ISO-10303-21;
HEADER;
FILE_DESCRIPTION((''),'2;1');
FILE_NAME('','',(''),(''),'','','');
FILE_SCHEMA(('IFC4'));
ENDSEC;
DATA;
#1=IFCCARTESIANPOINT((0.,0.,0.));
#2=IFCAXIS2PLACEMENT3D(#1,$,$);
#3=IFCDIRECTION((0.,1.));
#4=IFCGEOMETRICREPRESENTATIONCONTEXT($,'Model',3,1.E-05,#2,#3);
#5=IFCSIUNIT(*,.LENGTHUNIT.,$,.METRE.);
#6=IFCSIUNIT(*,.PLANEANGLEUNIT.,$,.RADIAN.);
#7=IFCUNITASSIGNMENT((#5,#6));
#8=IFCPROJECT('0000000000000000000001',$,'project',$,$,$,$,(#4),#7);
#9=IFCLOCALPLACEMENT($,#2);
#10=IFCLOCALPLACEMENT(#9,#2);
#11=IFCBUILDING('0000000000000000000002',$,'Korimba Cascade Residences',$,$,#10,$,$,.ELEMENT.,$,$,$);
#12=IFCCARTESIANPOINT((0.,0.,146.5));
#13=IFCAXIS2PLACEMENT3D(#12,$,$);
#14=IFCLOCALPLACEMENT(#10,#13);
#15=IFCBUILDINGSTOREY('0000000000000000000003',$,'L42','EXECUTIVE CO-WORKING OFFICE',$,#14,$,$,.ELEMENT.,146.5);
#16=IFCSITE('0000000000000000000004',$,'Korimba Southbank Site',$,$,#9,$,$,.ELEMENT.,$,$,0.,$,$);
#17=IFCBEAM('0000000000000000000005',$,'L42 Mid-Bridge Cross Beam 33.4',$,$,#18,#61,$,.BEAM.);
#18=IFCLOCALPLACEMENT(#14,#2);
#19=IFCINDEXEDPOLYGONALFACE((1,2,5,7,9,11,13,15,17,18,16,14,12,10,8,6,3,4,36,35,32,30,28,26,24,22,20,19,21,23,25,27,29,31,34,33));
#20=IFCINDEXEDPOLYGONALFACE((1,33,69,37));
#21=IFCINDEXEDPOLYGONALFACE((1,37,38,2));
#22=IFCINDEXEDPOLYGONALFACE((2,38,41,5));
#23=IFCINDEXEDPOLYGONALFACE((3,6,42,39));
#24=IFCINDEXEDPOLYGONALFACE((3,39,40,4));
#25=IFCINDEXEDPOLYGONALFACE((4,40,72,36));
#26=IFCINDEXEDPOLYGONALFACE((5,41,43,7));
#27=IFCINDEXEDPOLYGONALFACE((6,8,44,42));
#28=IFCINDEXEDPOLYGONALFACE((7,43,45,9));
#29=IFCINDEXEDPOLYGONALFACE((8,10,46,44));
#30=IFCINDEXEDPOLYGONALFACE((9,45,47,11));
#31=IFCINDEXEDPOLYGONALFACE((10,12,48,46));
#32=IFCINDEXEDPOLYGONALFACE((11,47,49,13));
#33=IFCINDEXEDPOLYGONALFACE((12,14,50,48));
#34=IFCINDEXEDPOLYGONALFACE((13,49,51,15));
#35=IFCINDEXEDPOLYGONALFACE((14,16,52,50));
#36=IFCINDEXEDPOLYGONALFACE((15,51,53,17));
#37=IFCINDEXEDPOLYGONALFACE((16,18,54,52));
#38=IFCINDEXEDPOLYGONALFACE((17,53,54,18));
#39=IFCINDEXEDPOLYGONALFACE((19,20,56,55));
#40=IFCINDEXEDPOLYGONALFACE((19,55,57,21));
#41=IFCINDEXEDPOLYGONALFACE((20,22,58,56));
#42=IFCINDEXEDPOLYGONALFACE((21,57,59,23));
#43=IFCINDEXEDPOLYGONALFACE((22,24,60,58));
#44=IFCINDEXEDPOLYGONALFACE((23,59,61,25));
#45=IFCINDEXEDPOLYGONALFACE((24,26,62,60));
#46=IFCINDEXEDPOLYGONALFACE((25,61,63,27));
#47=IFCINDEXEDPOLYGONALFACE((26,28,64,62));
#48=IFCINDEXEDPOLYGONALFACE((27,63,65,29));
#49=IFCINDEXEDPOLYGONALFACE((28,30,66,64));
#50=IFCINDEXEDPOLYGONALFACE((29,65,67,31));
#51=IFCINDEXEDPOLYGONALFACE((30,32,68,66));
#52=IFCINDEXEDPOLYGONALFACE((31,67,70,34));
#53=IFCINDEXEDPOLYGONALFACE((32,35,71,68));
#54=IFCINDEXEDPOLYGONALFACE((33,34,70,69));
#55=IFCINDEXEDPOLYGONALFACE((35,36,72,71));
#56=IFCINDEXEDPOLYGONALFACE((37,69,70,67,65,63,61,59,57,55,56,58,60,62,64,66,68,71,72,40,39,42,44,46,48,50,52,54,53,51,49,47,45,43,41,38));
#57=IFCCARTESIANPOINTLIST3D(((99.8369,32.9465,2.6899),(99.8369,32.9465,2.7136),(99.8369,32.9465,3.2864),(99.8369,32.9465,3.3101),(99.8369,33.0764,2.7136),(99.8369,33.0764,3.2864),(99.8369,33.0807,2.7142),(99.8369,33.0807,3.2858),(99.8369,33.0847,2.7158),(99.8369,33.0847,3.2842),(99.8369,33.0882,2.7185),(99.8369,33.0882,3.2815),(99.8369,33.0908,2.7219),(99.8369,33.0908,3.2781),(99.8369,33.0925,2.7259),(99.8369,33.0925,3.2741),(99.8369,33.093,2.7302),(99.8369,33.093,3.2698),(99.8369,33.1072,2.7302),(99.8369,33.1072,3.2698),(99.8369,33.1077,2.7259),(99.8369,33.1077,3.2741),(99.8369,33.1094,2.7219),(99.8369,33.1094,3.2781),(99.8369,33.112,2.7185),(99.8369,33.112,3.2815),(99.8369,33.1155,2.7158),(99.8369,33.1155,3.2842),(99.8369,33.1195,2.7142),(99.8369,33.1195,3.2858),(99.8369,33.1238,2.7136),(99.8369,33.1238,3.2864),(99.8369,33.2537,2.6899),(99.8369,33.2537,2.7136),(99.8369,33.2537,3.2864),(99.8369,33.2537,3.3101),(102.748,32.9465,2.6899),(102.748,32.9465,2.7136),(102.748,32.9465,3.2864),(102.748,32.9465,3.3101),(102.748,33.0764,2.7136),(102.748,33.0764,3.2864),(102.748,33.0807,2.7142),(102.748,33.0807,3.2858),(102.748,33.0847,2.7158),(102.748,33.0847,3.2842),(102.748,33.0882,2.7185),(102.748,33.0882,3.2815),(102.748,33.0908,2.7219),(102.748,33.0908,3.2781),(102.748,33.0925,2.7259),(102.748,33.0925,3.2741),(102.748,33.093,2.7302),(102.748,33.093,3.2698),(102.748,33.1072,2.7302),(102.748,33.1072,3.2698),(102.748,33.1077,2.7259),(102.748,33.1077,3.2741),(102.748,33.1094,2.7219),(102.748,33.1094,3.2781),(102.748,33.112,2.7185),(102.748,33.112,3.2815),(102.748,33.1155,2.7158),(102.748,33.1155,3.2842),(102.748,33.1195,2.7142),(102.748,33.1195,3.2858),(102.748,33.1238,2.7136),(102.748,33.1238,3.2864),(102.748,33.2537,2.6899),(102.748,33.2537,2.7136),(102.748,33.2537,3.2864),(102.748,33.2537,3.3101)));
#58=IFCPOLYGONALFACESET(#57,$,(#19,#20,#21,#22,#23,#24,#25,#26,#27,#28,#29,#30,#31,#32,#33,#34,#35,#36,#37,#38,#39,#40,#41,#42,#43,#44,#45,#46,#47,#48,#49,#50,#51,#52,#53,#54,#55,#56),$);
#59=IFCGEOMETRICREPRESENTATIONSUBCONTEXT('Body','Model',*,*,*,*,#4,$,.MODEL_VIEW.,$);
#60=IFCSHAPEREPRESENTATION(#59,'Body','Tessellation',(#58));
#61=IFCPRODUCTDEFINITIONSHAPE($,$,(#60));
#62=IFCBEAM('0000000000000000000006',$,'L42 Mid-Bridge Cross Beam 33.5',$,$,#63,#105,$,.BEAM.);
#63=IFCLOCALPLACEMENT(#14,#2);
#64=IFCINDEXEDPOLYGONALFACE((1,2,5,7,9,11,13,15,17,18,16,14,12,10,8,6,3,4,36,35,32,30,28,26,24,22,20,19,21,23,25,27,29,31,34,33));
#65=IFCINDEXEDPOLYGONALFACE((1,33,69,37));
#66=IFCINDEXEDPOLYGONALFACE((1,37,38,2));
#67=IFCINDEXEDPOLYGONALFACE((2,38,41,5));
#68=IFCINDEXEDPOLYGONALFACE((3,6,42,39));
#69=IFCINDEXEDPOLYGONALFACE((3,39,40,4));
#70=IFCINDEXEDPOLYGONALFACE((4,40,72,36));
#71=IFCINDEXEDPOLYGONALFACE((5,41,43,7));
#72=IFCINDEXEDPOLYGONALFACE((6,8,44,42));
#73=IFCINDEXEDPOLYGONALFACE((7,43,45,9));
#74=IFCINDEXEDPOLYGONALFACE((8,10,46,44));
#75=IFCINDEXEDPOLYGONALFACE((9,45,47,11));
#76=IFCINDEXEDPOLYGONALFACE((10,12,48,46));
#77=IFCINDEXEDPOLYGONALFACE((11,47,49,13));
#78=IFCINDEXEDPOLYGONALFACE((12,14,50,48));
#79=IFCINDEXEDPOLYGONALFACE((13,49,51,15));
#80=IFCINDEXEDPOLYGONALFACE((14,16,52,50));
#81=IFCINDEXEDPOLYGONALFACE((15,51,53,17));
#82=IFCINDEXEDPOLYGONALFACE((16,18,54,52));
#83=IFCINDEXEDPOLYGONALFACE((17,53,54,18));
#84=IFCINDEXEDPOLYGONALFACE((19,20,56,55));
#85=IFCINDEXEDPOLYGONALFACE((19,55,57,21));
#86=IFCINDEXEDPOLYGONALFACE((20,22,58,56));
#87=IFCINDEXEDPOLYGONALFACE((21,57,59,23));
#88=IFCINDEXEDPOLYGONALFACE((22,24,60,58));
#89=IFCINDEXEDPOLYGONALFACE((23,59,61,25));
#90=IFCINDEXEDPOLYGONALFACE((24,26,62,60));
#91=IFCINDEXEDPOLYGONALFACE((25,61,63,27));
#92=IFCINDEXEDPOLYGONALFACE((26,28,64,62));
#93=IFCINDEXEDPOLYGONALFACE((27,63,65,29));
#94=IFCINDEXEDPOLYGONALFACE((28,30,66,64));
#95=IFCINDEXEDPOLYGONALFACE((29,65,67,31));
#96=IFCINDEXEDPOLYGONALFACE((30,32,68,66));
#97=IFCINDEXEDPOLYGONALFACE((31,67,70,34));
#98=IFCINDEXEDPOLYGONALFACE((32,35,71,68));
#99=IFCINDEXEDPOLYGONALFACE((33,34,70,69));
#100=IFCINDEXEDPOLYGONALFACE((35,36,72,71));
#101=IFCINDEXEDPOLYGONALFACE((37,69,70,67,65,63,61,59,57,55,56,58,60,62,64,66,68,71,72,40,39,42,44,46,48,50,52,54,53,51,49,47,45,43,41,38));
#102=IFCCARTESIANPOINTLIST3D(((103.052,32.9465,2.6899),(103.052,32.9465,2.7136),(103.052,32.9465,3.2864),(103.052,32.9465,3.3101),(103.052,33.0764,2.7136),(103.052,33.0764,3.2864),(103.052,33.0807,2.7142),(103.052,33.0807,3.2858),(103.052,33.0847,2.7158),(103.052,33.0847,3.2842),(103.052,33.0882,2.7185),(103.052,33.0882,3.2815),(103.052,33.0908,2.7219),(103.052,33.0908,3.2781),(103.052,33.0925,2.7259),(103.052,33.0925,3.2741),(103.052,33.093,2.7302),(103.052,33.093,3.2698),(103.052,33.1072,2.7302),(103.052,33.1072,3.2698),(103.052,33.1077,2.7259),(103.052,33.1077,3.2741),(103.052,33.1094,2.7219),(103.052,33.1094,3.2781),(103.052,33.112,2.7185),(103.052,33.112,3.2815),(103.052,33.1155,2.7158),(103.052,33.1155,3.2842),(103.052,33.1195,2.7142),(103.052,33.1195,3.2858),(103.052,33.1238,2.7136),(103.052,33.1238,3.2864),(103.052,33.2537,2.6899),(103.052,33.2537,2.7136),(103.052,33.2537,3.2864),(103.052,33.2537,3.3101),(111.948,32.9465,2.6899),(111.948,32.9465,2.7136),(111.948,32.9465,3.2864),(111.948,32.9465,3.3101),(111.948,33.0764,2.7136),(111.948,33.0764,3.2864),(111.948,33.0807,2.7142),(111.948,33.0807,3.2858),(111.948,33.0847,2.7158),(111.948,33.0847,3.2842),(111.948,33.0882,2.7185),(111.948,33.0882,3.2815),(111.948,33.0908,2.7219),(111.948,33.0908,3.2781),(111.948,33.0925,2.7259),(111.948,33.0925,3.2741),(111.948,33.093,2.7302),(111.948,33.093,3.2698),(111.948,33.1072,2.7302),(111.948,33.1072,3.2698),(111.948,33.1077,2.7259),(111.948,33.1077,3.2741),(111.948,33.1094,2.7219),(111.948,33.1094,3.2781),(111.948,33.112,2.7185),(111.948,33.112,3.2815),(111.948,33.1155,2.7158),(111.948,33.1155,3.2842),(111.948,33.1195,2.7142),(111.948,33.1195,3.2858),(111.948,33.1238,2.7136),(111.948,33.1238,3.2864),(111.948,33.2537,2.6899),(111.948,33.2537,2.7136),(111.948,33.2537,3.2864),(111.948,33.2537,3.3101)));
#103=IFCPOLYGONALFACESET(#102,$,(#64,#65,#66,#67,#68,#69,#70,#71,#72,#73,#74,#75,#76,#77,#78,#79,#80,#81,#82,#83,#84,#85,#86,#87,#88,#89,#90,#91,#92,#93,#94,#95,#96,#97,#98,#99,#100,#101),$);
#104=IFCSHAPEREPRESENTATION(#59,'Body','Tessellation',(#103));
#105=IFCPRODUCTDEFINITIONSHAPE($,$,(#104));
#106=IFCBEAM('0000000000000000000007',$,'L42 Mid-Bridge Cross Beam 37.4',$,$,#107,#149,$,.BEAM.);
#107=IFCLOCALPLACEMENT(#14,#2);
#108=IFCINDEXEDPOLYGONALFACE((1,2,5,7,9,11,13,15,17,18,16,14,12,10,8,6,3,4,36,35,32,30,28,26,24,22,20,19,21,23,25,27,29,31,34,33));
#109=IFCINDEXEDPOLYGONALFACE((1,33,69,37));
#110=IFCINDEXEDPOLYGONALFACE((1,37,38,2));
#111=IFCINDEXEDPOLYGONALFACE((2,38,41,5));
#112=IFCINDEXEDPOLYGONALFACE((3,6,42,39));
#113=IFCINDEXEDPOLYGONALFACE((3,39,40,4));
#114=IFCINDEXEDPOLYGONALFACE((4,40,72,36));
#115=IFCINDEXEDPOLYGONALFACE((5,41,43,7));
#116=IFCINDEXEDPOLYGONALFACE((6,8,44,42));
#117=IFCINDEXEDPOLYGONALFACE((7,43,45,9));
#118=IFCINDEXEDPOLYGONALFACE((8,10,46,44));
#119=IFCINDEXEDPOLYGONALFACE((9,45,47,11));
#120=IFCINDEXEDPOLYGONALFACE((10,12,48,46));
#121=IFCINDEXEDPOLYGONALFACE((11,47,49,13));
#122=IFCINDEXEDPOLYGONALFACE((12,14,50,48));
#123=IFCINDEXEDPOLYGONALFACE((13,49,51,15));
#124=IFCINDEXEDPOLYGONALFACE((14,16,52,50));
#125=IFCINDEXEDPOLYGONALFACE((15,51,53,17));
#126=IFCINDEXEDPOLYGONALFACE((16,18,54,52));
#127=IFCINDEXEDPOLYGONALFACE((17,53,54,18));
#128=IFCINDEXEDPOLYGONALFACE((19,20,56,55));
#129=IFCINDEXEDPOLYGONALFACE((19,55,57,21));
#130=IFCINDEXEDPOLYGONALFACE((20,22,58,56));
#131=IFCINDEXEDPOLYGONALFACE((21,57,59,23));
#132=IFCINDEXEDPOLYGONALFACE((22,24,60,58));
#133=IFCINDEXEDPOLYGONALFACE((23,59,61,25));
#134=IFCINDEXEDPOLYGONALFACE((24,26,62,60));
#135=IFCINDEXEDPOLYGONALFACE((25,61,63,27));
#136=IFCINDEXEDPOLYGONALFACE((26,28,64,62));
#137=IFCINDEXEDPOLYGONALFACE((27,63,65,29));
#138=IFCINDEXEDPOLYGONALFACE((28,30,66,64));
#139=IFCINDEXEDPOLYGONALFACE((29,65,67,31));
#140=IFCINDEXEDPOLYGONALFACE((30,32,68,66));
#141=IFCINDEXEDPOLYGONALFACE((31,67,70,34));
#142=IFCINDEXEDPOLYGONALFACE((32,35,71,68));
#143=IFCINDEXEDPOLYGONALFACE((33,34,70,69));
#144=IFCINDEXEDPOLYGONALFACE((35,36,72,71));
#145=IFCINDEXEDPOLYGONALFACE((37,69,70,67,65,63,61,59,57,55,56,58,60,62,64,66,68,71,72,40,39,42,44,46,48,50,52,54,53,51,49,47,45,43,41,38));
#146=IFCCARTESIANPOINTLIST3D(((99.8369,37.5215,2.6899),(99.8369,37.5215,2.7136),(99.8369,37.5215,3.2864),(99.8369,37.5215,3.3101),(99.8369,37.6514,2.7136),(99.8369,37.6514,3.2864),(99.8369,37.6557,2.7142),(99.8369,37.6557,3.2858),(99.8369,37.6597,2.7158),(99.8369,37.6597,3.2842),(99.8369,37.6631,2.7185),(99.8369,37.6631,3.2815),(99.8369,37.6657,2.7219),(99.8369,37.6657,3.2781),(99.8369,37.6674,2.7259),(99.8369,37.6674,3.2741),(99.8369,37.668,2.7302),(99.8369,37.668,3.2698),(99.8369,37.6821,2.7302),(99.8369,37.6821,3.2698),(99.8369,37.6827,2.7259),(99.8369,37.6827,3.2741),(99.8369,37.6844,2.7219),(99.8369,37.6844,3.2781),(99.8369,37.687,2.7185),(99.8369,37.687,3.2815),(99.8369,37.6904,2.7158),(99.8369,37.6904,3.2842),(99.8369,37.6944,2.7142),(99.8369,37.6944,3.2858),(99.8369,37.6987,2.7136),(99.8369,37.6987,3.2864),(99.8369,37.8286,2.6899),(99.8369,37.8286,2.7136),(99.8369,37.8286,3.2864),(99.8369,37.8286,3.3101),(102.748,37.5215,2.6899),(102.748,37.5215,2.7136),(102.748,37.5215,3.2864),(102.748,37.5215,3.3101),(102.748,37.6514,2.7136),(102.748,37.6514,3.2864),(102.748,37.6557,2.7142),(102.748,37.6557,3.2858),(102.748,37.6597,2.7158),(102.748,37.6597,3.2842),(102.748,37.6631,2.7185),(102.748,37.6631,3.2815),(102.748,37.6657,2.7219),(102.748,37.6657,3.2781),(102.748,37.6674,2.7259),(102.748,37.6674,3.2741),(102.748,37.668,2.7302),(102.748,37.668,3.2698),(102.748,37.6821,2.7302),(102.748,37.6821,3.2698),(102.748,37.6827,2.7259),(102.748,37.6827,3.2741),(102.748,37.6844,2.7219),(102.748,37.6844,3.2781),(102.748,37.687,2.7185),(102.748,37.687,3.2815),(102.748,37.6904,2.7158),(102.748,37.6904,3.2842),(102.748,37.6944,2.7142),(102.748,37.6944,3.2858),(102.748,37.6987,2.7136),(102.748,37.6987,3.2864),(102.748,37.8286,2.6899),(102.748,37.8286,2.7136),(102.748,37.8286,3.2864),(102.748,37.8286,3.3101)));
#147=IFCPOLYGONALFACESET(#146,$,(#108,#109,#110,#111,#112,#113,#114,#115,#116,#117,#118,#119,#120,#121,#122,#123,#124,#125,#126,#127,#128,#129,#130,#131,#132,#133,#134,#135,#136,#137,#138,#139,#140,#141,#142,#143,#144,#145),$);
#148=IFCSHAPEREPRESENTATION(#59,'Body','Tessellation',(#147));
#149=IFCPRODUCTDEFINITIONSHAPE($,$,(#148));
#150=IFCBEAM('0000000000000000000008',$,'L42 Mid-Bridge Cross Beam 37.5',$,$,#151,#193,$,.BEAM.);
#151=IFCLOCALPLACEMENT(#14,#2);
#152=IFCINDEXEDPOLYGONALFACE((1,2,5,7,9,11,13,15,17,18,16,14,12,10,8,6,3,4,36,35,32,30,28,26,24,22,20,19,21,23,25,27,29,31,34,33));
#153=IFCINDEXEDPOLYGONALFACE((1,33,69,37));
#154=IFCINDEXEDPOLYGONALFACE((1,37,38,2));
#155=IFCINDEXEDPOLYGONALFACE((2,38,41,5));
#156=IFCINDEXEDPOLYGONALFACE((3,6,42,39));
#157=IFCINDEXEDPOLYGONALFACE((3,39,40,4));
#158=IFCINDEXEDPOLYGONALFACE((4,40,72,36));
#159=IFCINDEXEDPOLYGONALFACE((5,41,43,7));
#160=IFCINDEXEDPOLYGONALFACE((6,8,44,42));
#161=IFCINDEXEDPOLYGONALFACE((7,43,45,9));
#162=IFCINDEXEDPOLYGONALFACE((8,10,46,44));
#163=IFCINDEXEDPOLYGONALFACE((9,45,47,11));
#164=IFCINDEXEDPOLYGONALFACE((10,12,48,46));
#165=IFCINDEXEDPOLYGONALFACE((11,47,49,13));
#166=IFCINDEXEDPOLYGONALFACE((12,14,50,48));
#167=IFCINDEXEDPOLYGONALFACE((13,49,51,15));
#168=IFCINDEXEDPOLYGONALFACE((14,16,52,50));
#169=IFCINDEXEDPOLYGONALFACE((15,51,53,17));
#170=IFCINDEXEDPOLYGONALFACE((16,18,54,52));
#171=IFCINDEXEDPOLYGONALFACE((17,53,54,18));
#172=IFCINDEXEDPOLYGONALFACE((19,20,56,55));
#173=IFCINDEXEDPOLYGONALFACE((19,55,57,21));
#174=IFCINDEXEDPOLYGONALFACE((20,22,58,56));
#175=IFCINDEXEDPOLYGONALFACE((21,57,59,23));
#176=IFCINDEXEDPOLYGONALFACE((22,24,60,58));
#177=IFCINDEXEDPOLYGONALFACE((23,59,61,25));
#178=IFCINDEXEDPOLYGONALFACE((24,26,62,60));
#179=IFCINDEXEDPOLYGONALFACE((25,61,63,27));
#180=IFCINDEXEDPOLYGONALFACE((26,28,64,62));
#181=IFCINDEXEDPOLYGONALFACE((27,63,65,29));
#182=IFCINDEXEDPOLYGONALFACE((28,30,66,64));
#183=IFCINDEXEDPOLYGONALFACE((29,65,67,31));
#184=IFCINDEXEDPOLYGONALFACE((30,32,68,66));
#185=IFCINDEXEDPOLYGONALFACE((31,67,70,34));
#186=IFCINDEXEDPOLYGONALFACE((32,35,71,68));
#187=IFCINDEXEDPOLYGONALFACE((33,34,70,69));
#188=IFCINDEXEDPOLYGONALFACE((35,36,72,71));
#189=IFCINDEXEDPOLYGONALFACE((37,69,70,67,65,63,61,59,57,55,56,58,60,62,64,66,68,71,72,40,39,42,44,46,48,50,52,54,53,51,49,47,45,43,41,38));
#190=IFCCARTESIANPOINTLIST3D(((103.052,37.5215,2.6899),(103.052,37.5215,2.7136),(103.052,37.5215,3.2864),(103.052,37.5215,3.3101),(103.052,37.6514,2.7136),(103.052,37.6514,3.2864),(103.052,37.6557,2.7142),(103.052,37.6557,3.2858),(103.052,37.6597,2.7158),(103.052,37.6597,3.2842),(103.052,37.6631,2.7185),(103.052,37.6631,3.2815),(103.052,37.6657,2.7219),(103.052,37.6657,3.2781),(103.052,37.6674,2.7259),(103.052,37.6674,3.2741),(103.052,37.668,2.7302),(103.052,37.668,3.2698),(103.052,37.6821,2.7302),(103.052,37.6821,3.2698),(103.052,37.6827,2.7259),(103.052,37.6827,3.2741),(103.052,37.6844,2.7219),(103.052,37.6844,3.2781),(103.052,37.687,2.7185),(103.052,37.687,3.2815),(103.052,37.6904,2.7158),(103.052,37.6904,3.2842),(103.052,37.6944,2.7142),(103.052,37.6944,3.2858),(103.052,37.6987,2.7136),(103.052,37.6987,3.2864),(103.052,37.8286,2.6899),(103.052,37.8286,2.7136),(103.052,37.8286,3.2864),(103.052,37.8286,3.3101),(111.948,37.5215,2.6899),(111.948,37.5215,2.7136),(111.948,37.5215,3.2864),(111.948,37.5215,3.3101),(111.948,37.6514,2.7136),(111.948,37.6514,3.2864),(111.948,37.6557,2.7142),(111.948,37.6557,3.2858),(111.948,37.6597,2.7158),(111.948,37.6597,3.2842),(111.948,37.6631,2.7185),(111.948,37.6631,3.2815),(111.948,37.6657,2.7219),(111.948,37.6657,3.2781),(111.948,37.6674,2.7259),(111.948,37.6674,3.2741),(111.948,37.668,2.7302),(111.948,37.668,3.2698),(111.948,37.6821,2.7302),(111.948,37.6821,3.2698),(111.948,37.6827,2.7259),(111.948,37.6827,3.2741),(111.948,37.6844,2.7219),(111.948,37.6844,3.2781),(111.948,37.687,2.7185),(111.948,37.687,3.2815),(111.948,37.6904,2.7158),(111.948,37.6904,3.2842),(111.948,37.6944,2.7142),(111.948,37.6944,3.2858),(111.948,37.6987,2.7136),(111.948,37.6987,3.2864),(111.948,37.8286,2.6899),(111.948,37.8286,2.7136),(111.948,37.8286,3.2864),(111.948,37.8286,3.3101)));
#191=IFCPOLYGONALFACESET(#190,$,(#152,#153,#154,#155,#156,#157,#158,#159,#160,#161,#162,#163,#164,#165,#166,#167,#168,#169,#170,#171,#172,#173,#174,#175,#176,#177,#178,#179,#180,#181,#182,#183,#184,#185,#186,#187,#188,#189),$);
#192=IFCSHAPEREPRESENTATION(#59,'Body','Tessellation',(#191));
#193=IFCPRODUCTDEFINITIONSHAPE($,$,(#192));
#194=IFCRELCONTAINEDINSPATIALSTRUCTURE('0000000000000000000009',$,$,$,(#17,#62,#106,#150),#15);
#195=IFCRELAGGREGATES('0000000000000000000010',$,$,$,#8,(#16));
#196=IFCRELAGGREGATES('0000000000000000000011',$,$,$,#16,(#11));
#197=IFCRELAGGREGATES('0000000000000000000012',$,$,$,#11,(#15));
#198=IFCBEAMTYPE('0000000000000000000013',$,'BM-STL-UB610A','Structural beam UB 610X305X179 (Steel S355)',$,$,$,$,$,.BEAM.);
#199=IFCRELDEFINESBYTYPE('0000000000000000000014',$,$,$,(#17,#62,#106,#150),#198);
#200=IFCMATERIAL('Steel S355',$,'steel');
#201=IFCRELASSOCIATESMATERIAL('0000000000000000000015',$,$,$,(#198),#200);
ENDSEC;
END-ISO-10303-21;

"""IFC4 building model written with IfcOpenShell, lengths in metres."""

from ifc_helpers import new_model, si_unit, direction, frame, origin, origin_2d, place, context, subcontext, project, spatial, i_section, extrude, material, material_profile, profile_set, type_object, element, save


model = new_model("IFC4")

# Units and contexts
model_context = context("Model", 3, precision=1e-05, world=origin(), true_north=direction((0.0, 1.0)))
body_context = subcontext(model_context, "Body", "Model", "MODEL_VIEW")
ifc_project = project(units=[si_unit("LENGTHUNIT", "METRE"), si_unit("PLANEANGLEUNIT", "RADIAN")], contexts=[model_context])

# Site, building, storey
site_placement = place(None, origin())
site = spatial("IfcSite", under=ifc_project, at=site_placement, Name="Korimba Southbank Site", CompositionType="ELEMENT", RefElevation=0.0)
building_placement = place(site_placement, origin())
building = spatial("IfcBuilding", under=site, at=building_placement, Name="Korimba Cascade Residences", CompositionType="ELEMENT")
storey_placement = place(building_placement, frame((0.0, 0.0, 146.5)))
storey = spatial("IfcBuildingStorey", under=building, at=storey_placement, Name="L42", Description="EXECUTIVE CO-WORKING OFFICE", CompositionType="ELEMENT", Elevation=146.5)

# Beams
ifc_material_1 = material(Name="Steel S355", Category="steel")
ifc_material_profile_1 = material_profile(ifc_material_1, i_section(OverallWidth=0.3071, OverallDepth=0.6201, WebThickness=0.0142, FlangeThickness=0.0237, FilletRadius=0.0166, at=origin_2d()), Name="Steel S355")
ifc_profile_set_1 = profile_set([ifc_material_profile_1], Name="Steel S355")
beam_type_1 = type_object("IfcBeamType", Name="BM-STL-UB610A", Description="Structural beam UB 610X305X179 (Steel S355)", PredefinedType="BEAM", material=ifc_profile_set_1)
beam_1_placement = place(storey_placement, frame((99.8369, 33.1001, 3.0), z_axis=(1.0, 0.0, 0.0), x_axis=(0.0, 1.0, 0.0)))
element("IfcBeam", 1, at=beam_1_placement, inside=storey, type_object=beam_type_1, Name="L42 Mid-Bridge Cross Beam 33.4", PredefinedType="BEAM", context=body_context, shape_type="SweptSolid", body=[
    extrude(i_section(OverallWidth=0.3071, OverallDepth=0.6201, WebThickness=0.0142, FlangeThickness=0.0237, FilletRadius=0.0166, at=origin_2d()), origin(), (0.0, 0.0, 1.0), 2.9111),
])
beam_2_placement = place(storey_placement, frame((103.052, 33.1001, 3.0), z_axis=(1.0, 0.0, 0.0), x_axis=(0.0, 1.0, 0.0)))
element("IfcBeam", 2, at=beam_2_placement, inside=storey, type_object=beam_type_1, Name="L42 Mid-Bridge Cross Beam 33.5", PredefinedType="BEAM", context=body_context, shape_type="SweptSolid", body=[
    extrude(i_section(OverallWidth=0.3071, OverallDepth=0.6201, WebThickness=0.0142, FlangeThickness=0.0237, FilletRadius=0.0166, at=origin_2d()), origin(), (0.0, 0.0, 1.0), 8.896),
])
beam_3_placement = place(storey_placement, frame((99.8369, 37.675, 3.0), z_axis=(1.0, 0.0, 0.0), x_axis=(0.0, 1.0, 0.0)))
element("IfcBeam", 3, at=beam_3_placement, inside=storey, type_object=beam_type_1, Name="L42 Mid-Bridge Cross Beam 37.4", PredefinedType="BEAM", context=body_context, shape_type="SweptSolid", body=[
    extrude(i_section(OverallWidth=0.3071, OverallDepth=0.6201, WebThickness=0.0142, FlangeThickness=0.0237, FilletRadius=0.0166, at=origin_2d()), origin(), (0.0, 0.0, 1.0), 2.9111),
])
beam_4_placement = place(storey_placement, frame((103.052, 37.675, 3.0), z_axis=(1.0, 0.0, 0.0), x_axis=(0.0, 1.0, 0.0)))
element("IfcBeam", 4, at=beam_4_placement, inside=storey, type_object=beam_type_1, Name="L42 Mid-Bridge Cross Beam 37.5", PredefinedType="BEAM", context=body_context, shape_type="SweptSolid", body=[
    extrude(i_section(OverallWidth=0.3071, OverallDepth=0.6201, WebThickness=0.0142, FlangeThickness=0.0237, FilletRadius=0.0166, at=origin_2d()), origin(), (0.0, 0.0, 1.0), 8.896),
])

save(model, "model.ifc")
